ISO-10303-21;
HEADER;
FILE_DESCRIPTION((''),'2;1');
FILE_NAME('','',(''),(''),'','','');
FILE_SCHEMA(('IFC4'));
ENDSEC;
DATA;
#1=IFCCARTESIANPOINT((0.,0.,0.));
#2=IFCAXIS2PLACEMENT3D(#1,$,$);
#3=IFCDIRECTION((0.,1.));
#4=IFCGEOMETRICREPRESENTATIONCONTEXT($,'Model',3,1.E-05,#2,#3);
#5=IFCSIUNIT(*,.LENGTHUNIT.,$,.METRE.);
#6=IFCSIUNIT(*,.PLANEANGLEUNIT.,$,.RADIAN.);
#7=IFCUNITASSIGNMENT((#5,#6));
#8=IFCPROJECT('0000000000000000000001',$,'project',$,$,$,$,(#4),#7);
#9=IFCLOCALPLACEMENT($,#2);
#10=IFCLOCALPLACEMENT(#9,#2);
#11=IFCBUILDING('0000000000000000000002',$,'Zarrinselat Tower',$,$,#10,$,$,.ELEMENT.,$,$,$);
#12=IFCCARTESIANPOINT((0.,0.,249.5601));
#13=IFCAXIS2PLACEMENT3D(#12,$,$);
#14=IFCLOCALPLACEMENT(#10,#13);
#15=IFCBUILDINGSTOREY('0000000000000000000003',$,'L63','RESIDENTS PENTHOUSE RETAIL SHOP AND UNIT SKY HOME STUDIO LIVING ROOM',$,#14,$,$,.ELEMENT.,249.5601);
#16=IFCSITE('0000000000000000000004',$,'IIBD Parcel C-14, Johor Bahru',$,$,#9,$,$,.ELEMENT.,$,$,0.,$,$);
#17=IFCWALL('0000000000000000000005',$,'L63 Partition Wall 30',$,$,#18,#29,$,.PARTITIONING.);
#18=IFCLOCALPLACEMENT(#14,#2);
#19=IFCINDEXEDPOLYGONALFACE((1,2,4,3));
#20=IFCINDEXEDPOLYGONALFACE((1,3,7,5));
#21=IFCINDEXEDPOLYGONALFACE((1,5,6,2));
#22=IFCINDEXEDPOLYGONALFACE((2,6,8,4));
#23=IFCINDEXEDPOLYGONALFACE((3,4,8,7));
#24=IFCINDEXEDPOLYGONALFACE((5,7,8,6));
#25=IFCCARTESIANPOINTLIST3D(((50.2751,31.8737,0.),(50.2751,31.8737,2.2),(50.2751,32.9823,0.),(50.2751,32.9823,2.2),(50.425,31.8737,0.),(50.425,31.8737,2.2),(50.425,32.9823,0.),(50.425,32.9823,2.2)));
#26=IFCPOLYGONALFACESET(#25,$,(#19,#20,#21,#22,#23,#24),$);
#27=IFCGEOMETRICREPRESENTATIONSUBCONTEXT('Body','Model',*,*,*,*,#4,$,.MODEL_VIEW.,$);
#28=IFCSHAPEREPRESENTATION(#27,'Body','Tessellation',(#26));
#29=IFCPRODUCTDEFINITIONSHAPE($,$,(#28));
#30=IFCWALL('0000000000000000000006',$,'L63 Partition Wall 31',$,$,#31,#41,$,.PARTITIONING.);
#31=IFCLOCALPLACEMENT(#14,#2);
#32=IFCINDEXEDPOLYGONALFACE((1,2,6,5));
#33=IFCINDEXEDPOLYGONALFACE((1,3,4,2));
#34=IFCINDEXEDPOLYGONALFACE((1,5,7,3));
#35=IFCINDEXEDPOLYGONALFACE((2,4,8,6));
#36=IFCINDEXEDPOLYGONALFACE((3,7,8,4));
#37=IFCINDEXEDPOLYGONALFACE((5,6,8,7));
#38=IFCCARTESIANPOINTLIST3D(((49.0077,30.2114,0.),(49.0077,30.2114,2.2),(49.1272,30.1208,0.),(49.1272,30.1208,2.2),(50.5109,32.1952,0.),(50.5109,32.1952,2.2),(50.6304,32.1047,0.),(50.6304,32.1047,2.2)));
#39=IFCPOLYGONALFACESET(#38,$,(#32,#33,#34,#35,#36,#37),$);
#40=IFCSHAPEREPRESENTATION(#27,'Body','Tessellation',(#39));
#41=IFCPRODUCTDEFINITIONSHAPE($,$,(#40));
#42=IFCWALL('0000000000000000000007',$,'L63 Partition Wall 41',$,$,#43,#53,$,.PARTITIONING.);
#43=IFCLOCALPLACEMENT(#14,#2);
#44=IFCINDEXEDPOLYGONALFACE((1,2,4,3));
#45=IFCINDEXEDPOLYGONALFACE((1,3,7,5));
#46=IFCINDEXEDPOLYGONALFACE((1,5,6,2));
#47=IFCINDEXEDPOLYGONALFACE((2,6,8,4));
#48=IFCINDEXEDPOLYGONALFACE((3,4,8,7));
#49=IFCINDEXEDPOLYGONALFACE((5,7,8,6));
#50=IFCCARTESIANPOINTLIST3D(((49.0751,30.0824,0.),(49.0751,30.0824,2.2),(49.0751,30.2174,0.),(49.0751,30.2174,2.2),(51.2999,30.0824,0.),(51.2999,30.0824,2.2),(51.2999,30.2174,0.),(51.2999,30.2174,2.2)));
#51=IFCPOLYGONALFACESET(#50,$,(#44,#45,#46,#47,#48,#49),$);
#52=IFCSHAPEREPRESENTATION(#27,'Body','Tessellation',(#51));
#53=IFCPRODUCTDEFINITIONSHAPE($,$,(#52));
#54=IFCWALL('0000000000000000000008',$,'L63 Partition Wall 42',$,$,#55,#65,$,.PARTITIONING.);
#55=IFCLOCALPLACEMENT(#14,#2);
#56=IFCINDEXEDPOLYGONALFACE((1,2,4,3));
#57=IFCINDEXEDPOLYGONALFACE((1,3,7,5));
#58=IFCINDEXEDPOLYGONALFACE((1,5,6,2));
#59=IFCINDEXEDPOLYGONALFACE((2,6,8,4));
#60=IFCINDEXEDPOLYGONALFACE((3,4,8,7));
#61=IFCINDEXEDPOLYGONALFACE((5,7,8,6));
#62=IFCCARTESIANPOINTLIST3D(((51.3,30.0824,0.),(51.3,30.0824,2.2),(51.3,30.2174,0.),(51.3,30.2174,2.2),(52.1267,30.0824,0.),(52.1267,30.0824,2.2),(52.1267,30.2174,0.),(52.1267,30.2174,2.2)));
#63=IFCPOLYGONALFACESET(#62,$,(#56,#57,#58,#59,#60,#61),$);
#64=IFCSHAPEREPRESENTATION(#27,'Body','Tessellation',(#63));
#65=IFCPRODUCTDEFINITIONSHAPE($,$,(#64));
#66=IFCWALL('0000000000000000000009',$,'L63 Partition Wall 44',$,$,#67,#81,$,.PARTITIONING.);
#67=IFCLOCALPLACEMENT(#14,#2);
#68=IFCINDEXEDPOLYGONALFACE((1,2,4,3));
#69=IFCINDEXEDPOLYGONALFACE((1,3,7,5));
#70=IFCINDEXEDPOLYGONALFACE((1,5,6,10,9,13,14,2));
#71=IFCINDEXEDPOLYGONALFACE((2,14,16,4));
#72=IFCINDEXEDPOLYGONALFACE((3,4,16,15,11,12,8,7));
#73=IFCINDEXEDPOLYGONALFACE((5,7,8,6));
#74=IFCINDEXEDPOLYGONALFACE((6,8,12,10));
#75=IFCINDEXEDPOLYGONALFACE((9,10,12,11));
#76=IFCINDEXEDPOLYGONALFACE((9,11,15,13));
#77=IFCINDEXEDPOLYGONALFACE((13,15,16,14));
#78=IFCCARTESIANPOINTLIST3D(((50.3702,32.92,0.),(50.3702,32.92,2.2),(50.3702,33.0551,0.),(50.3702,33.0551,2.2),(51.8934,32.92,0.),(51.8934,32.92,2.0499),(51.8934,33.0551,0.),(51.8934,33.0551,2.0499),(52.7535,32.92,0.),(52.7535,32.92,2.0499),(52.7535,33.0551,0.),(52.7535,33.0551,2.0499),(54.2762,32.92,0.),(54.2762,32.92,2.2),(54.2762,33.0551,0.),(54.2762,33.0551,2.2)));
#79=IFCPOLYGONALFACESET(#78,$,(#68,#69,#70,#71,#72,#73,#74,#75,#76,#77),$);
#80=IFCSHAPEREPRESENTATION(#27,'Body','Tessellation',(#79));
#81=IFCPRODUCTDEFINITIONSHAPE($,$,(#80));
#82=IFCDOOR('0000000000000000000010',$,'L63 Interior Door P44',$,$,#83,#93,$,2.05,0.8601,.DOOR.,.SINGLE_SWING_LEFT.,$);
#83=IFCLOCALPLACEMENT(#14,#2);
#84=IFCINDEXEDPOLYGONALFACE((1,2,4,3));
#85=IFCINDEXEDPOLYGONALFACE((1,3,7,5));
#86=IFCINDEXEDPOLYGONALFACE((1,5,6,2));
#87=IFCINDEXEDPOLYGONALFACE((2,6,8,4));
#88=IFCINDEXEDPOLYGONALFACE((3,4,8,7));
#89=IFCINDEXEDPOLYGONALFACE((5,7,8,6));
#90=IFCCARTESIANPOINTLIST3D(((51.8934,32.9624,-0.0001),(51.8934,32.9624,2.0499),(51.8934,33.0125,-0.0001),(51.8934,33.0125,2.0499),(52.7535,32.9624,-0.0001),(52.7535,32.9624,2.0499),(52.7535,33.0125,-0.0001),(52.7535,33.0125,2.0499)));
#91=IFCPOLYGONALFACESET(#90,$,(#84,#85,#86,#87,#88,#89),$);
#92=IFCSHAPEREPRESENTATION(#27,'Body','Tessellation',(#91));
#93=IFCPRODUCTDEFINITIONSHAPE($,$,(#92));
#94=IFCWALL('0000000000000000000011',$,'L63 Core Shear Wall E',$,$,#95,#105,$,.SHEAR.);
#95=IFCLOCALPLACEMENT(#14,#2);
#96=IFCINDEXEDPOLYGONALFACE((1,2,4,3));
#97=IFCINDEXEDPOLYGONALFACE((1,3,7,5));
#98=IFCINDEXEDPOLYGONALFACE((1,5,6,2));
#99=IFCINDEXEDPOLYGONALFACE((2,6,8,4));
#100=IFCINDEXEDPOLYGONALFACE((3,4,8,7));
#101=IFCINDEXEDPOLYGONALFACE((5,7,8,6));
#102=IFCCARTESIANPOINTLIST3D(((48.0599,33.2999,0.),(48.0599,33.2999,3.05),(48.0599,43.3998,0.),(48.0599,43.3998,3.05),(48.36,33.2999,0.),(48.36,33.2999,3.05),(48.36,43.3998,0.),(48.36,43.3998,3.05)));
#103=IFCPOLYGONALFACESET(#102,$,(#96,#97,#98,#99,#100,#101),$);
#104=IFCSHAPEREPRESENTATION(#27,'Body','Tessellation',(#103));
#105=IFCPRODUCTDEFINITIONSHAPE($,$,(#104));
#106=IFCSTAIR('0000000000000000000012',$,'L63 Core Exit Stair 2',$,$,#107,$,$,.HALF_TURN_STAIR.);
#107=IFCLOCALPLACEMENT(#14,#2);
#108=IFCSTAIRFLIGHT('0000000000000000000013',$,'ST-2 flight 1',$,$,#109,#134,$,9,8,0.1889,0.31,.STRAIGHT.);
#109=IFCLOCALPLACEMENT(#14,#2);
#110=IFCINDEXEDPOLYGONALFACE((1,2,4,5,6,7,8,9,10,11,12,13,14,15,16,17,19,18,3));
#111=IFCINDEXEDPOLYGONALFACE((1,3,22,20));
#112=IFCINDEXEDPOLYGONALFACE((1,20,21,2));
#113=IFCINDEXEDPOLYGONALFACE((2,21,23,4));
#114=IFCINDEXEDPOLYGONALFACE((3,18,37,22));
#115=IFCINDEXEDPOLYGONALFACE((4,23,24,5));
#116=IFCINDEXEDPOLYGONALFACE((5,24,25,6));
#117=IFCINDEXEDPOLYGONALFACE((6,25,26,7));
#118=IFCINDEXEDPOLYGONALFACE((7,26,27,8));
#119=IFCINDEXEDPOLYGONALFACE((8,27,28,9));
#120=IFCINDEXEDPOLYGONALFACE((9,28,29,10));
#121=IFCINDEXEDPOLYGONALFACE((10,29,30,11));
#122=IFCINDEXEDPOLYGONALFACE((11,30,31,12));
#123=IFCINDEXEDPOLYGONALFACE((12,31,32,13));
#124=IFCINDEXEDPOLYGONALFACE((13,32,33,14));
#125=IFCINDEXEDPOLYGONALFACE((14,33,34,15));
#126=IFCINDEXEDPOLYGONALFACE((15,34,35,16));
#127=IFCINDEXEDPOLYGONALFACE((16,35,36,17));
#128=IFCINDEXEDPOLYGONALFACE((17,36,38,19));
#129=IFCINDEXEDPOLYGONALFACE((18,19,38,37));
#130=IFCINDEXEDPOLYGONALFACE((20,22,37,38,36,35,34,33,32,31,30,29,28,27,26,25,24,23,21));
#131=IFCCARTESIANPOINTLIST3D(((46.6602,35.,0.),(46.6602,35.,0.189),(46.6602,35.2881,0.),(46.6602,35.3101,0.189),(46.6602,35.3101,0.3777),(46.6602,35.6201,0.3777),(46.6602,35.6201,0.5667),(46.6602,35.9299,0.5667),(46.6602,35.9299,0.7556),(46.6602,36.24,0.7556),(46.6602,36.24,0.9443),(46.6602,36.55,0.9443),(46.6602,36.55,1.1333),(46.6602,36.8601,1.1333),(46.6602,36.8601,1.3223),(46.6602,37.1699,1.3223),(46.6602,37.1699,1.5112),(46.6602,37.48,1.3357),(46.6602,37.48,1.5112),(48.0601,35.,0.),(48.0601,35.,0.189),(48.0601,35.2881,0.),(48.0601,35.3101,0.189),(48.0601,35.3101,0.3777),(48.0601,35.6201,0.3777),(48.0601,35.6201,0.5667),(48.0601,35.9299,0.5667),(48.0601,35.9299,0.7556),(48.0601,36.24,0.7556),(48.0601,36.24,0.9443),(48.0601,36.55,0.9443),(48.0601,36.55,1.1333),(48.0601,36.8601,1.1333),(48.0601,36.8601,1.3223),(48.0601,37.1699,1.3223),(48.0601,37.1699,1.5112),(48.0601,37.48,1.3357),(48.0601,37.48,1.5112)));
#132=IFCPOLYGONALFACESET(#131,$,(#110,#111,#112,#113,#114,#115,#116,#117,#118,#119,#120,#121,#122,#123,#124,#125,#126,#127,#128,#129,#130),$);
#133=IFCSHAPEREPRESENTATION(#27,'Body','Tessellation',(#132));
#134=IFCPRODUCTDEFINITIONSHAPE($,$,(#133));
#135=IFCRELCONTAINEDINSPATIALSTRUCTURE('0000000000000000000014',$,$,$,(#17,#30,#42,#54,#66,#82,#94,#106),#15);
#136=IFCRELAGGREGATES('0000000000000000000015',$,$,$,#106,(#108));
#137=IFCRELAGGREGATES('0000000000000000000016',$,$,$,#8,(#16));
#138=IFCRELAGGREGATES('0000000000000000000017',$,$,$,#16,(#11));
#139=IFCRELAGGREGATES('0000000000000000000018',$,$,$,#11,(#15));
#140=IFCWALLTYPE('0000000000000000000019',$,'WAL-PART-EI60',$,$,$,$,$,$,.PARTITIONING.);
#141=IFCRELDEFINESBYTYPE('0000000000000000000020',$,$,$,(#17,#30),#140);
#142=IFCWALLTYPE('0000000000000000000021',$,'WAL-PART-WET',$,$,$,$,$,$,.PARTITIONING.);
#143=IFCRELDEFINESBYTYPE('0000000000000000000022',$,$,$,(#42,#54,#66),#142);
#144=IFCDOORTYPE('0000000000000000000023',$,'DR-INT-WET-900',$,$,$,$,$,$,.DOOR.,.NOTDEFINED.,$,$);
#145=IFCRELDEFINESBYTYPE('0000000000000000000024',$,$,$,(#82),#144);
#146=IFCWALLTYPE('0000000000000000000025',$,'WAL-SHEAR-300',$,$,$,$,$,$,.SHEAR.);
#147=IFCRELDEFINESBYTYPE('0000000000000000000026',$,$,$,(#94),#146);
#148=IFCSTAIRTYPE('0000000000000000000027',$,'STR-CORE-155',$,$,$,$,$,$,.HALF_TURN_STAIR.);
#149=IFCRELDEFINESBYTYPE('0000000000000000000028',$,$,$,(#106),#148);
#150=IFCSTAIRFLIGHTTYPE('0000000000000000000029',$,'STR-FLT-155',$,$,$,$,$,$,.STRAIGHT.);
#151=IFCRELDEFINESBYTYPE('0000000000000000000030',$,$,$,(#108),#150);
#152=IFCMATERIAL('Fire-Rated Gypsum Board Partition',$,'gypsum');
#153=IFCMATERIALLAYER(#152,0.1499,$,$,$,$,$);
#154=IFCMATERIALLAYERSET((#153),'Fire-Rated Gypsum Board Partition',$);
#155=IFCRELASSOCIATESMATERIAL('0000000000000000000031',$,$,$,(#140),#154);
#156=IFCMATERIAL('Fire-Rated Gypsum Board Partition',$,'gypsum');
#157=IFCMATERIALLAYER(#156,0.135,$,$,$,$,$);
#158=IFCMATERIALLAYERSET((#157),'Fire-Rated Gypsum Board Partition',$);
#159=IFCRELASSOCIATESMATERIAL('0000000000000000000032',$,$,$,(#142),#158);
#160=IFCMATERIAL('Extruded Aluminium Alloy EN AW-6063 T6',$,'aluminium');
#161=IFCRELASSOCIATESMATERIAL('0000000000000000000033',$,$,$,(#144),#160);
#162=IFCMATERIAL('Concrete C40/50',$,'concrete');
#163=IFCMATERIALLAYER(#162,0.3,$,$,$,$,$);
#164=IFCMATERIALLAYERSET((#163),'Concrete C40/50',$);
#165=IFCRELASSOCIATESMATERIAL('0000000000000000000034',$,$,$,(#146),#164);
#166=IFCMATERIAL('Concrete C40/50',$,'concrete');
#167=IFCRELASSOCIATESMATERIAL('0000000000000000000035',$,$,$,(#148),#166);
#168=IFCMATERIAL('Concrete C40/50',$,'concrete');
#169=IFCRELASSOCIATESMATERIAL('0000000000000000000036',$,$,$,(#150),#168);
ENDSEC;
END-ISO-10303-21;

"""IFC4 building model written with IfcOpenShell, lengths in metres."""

from ifc_helpers import new_model, si_unit, direction, frame, frame_2d, origin, place, context, subcontext, project, spatial, polyline, rectangle, outline, extrude, material, layer, layer_set, type_object, element, fill, aggregate, save


model = new_model("IFC4")

# Units and contexts
model_context = context("Model", 3, precision=1e-05, world=origin(), true_north=direction((0.0, 1.0)))
body_context = subcontext(model_context, "Body", "Model", "MODEL_VIEW")
ifc_project = project(units=[si_unit("LENGTHUNIT", "METRE"), si_unit("PLANEANGLEUNIT", "RADIAN")], contexts=[model_context])

# Site, building, storey
site_placement = place(None, origin())
site = spatial("IfcSite", under=ifc_project, at=site_placement, Name="IIBD Parcel C-14, Johor Bahru", CompositionType="ELEMENT", RefElevation=0.0)
building_placement = place(site_placement, origin())
building = spatial("IfcBuilding", under=site, at=building_placement, Name="Zarrinselat Tower", CompositionType="ELEMENT")
storey_placement = place(building_placement, frame((0.0, 0.0, 249.5601)))
storey = spatial("IfcBuildingStorey", under=building, at=storey_placement, Name="L63", Description="RESIDENTS PENTHOUSE RETAIL SHOP AND UNIT SKY HOME STUDIO LIVING ROOM", CompositionType="ELEMENT", Elevation=249.5601)

# Walls
ifc_material_1 = material(Name="Fire-Rated Gypsum Board Partition", Category="gypsum")
ifc_layer_1 = layer(ifc_material_1, 0.1499)
ifc_layer_set_1 = layer_set([ifc_layer_1], Name="Fire-Rated Gypsum Board Partition")
wall_type_1 = type_object("IfcWallType", Name="WAL-PART-EI60", PredefinedType="PARTITIONING", material=ifc_layer_set_1)
wall_1_placement = place(storey_placement, frame((50.3501, 31.8738, 0.0), z_axis=(0.0, 0.0, 1.0), x_axis=(0.0, 1.0, 0.0)))
element("IfcWall", 1, at=wall_1_placement, inside=storey, type_object=wall_type_1, Name="L63 Partition Wall 30", PredefinedType="PARTITIONING", context=body_context, shape_type="SweptSolid", body=[
    extrude(rectangle(XDim=1.1086, YDim=0.1499, at=frame_2d((0.5542, 0.0))), origin(), (0.0, 0.0, 1.0), 2.2),
])
wall_2_placement = place(storey_placement, frame((49.0674, 30.166, 0.0), z_axis=(0.0, 0.0, 1.0), x_axis=(0.603916, 0.797048, 0.0)))
element("IfcWall", 2, at=wall_2_placement, inside=storey, type_object=wall_type_1, Name="L63 Partition Wall 31", PredefinedType="PARTITIONING", context=body_context, shape_type="SweptSolid", body=[
    extrude(rectangle(XDim=2.489, YDim=0.1499, at=frame_2d((1.2446, 0.0))), origin(), (0.0, 0.0, 1.0), 2.2),
])
ifc_material_2 = material(Name="Fire-Rated Gypsum Board Partition", Category="gypsum")
ifc_layer_2 = layer(ifc_material_2, 0.135)
ifc_layer_set_2 = layer_set([ifc_layer_2], Name="Fire-Rated Gypsum Board Partition")
wall_type_2 = type_object("IfcWallType", Name="WAL-PART-WET", PredefinedType="PARTITIONING", material=ifc_layer_set_2)
wall_3_placement = place(storey_placement, frame((49.0752, 30.1499, 0.0), z_axis=(0.0, 0.0, 1.0), x_axis=(1.0, 0.0, 0.0)))
element("IfcWall", 3, at=wall_3_placement, inside=storey, type_object=wall_type_2, Name="L63 Partition Wall 41", PredefinedType="PARTITIONING", context=body_context, shape_type="SweptSolid", body=[
    extrude(rectangle(XDim=2.2249, YDim=0.135, at=frame_2d((1.1123, 0.0))), origin(), (0.0, 0.0, 1.0), 2.2),
])
wall_4_placement = place(storey_placement, frame((51.3, 30.1499, 0.0), z_axis=(0.0, 0.0, 1.0), x_axis=(1.0, 0.0, 0.0)))
element("IfcWall", 4, at=wall_4_placement, inside=storey, type_object=wall_type_2, Name="L63 Partition Wall 42", PredefinedType="PARTITIONING", context=body_context, shape_type="SweptSolid", body=[
    extrude(rectangle(XDim=0.8267, YDim=0.135, at=frame_2d((0.4133, 0.0))), origin(), (0.0, 0.0, 1.0), 2.2),
])

# Wall, opening, door
wall_5_placement = place(storey_placement, frame((50.3701, 32.9875, 0.0), z_axis=(0.0, 0.0, 1.0), x_axis=(1.0, 0.0, 0.0)))
wall_5 = element("IfcWall", 5, at=wall_5_placement, inside=storey, type_object=wall_type_2, Name="L63 Partition Wall 44", PredefinedType="PARTITIONING", context=body_context, shape_type="SweptSolid", body=[
    extrude(rectangle(XDim=3.906, YDim=0.135, at=frame_2d((1.9531, 0.0))), origin(), (0.0, 0.0, 1.0), 2.2),
])
opening_placement = place(wall_5_placement, frame((1.5232, 0.0, 0.0)))
opening = element("IfcOpeningElement", 6, at=opening_placement, cuts=wall_5, PredefinedType="OPENING", context=body_context, shape_type="SweptSolid", body=[
    extrude(rectangle(XDim=0.8601, YDim=2.05, at=frame_2d((0.4302, 1.0249))), frame((0.0, 0.0774, 0.0), z_axis=(0.0, -1.0, 0.0), x_axis=(1.0, 0.0, 0.0)), (0.0, 0.0, 1.0), 0.155),
])
ifc_material_3 = material(Name="Extruded Aluminium Alloy EN AW-6063 T6", Category="aluminium")
door_type = type_object("IfcDoorType", Name="DR-INT-WET-900", OperationType="NOTDEFINED", PredefinedType="DOOR", material=ifc_material_3)
door_placement = place(opening_placement, origin())
door = element("IfcDoor", 7, at=door_placement, inside=storey, type_object=door_type, Name="L63 Interior Door P44", OperationType="SINGLE_SWING_LEFT", OverallHeight=2.05, OverallWidth=0.8601, PredefinedType="DOOR", context=body_context, shape_type="SweptSolid", body=[
    extrude(rectangle(XDim=0.8601, YDim=2.05, at=frame_2d((0.4302, 1.0249))), frame((0.0, 0.0249, 0.0), z_axis=(0.0, -1.0, 0.0), x_axis=(1.0, 0.0, 0.0)), (0.0, 0.0, 1.0), 0.05),
])
fill(opening, door)

# Wall
ifc_material_4 = material(Name="Concrete C40/50", Category="concrete")
ifc_layer_3 = layer(ifc_material_4, 0.3)
ifc_layer_set_3 = layer_set([ifc_layer_3], Name="Concrete C40/50")
wall_type_3 = type_object("IfcWallType", Name="WAL-SHEAR-300", PredefinedType="SHEAR", material=ifc_layer_set_3)
wall_6_placement = place(storey_placement, frame((48.21, 33.3, 0.0), z_axis=(0.0, 0.0, 1.0), x_axis=(0.0, 1.0, 0.0)))
element("IfcWall", 8, at=wall_6_placement, inside=storey, type_object=wall_type_3, Name="L63 Core Shear Wall E", PredefinedType="SHEAR", context=body_context, shape_type="SweptSolid", body=[
    extrude(rectangle(XDim=10.0999, YDim=0.3, at=frame_2d((5.0498, 0.0))), origin(), (0.0, 0.0, 1.0), 3.05),
])

# Stair, stair flight
ifc_material_5 = material(Name="Concrete C40/50", Category="concrete")
stair_type = type_object("IfcStairType", Name="STR-CORE-155", PredefinedType="HALF_TURN_STAIR", material=ifc_material_5)
stair_placement = place(storey_placement, origin())
stair = element("IfcStair", 9, at=stair_placement, inside=storey, type_object=stair_type, Name="L63 Core Exit Stair 2", PredefinedType="HALF_TURN_STAIR")
ifc_material_6 = material(Name="Concrete C40/50", Category="concrete")
stair_flight_type = type_object("IfcStairFlightType", Name="STR-FLT-155", PredefinedType="STRAIGHT", material=ifc_material_6)
stair_flight_placement = place(storey_placement, frame((47.3601, 35.0, 0.0), z_axis=(0.0, 0.0, 1.0), x_axis=(0.0, 1.0, 0.0)))
stair_flight = element("IfcStairFlight", 10, at=stair_flight_placement, type_object=stair_flight_type, Name="ST-2 flight 1", NumberOfRisers=9, NumberOfTreads=8, PredefinedType="STRAIGHT", RiserHeight=0.1889, TreadLength=0.31, context=body_context, shape_type="SweptSolid", body=[
    extrude(outline(polyline([(0.0, 0.0), (0.0, 0.189), (0.3101, 0.189), (0.3101, 0.3777), (0.6201, 0.3777), (0.6201, 0.5667), (0.9299, 0.5667), (0.9299, 0.7556), (1.24, 0.7556), (1.24, 0.9443), (1.55, 0.9443), (1.55, 1.1333), (1.8601, 1.1333), (1.8601, 1.3223), (2.1699, 1.3223), (2.1699, 1.5112), (2.48, 1.5112), (2.48, 1.7), (2.48, 1.3357), (0.2881, 0.0), (0.0, 0.0)])), frame((0.0, 0.7, 0.0), z_axis=(0.0, -1.0, 0.0), x_axis=(1.0, 0.0, 0.0)), (0.0, 0.0, 1.0), 1.3999),
])
aggregate(stair, [stair_flight])

save(model, "model.ifc")
